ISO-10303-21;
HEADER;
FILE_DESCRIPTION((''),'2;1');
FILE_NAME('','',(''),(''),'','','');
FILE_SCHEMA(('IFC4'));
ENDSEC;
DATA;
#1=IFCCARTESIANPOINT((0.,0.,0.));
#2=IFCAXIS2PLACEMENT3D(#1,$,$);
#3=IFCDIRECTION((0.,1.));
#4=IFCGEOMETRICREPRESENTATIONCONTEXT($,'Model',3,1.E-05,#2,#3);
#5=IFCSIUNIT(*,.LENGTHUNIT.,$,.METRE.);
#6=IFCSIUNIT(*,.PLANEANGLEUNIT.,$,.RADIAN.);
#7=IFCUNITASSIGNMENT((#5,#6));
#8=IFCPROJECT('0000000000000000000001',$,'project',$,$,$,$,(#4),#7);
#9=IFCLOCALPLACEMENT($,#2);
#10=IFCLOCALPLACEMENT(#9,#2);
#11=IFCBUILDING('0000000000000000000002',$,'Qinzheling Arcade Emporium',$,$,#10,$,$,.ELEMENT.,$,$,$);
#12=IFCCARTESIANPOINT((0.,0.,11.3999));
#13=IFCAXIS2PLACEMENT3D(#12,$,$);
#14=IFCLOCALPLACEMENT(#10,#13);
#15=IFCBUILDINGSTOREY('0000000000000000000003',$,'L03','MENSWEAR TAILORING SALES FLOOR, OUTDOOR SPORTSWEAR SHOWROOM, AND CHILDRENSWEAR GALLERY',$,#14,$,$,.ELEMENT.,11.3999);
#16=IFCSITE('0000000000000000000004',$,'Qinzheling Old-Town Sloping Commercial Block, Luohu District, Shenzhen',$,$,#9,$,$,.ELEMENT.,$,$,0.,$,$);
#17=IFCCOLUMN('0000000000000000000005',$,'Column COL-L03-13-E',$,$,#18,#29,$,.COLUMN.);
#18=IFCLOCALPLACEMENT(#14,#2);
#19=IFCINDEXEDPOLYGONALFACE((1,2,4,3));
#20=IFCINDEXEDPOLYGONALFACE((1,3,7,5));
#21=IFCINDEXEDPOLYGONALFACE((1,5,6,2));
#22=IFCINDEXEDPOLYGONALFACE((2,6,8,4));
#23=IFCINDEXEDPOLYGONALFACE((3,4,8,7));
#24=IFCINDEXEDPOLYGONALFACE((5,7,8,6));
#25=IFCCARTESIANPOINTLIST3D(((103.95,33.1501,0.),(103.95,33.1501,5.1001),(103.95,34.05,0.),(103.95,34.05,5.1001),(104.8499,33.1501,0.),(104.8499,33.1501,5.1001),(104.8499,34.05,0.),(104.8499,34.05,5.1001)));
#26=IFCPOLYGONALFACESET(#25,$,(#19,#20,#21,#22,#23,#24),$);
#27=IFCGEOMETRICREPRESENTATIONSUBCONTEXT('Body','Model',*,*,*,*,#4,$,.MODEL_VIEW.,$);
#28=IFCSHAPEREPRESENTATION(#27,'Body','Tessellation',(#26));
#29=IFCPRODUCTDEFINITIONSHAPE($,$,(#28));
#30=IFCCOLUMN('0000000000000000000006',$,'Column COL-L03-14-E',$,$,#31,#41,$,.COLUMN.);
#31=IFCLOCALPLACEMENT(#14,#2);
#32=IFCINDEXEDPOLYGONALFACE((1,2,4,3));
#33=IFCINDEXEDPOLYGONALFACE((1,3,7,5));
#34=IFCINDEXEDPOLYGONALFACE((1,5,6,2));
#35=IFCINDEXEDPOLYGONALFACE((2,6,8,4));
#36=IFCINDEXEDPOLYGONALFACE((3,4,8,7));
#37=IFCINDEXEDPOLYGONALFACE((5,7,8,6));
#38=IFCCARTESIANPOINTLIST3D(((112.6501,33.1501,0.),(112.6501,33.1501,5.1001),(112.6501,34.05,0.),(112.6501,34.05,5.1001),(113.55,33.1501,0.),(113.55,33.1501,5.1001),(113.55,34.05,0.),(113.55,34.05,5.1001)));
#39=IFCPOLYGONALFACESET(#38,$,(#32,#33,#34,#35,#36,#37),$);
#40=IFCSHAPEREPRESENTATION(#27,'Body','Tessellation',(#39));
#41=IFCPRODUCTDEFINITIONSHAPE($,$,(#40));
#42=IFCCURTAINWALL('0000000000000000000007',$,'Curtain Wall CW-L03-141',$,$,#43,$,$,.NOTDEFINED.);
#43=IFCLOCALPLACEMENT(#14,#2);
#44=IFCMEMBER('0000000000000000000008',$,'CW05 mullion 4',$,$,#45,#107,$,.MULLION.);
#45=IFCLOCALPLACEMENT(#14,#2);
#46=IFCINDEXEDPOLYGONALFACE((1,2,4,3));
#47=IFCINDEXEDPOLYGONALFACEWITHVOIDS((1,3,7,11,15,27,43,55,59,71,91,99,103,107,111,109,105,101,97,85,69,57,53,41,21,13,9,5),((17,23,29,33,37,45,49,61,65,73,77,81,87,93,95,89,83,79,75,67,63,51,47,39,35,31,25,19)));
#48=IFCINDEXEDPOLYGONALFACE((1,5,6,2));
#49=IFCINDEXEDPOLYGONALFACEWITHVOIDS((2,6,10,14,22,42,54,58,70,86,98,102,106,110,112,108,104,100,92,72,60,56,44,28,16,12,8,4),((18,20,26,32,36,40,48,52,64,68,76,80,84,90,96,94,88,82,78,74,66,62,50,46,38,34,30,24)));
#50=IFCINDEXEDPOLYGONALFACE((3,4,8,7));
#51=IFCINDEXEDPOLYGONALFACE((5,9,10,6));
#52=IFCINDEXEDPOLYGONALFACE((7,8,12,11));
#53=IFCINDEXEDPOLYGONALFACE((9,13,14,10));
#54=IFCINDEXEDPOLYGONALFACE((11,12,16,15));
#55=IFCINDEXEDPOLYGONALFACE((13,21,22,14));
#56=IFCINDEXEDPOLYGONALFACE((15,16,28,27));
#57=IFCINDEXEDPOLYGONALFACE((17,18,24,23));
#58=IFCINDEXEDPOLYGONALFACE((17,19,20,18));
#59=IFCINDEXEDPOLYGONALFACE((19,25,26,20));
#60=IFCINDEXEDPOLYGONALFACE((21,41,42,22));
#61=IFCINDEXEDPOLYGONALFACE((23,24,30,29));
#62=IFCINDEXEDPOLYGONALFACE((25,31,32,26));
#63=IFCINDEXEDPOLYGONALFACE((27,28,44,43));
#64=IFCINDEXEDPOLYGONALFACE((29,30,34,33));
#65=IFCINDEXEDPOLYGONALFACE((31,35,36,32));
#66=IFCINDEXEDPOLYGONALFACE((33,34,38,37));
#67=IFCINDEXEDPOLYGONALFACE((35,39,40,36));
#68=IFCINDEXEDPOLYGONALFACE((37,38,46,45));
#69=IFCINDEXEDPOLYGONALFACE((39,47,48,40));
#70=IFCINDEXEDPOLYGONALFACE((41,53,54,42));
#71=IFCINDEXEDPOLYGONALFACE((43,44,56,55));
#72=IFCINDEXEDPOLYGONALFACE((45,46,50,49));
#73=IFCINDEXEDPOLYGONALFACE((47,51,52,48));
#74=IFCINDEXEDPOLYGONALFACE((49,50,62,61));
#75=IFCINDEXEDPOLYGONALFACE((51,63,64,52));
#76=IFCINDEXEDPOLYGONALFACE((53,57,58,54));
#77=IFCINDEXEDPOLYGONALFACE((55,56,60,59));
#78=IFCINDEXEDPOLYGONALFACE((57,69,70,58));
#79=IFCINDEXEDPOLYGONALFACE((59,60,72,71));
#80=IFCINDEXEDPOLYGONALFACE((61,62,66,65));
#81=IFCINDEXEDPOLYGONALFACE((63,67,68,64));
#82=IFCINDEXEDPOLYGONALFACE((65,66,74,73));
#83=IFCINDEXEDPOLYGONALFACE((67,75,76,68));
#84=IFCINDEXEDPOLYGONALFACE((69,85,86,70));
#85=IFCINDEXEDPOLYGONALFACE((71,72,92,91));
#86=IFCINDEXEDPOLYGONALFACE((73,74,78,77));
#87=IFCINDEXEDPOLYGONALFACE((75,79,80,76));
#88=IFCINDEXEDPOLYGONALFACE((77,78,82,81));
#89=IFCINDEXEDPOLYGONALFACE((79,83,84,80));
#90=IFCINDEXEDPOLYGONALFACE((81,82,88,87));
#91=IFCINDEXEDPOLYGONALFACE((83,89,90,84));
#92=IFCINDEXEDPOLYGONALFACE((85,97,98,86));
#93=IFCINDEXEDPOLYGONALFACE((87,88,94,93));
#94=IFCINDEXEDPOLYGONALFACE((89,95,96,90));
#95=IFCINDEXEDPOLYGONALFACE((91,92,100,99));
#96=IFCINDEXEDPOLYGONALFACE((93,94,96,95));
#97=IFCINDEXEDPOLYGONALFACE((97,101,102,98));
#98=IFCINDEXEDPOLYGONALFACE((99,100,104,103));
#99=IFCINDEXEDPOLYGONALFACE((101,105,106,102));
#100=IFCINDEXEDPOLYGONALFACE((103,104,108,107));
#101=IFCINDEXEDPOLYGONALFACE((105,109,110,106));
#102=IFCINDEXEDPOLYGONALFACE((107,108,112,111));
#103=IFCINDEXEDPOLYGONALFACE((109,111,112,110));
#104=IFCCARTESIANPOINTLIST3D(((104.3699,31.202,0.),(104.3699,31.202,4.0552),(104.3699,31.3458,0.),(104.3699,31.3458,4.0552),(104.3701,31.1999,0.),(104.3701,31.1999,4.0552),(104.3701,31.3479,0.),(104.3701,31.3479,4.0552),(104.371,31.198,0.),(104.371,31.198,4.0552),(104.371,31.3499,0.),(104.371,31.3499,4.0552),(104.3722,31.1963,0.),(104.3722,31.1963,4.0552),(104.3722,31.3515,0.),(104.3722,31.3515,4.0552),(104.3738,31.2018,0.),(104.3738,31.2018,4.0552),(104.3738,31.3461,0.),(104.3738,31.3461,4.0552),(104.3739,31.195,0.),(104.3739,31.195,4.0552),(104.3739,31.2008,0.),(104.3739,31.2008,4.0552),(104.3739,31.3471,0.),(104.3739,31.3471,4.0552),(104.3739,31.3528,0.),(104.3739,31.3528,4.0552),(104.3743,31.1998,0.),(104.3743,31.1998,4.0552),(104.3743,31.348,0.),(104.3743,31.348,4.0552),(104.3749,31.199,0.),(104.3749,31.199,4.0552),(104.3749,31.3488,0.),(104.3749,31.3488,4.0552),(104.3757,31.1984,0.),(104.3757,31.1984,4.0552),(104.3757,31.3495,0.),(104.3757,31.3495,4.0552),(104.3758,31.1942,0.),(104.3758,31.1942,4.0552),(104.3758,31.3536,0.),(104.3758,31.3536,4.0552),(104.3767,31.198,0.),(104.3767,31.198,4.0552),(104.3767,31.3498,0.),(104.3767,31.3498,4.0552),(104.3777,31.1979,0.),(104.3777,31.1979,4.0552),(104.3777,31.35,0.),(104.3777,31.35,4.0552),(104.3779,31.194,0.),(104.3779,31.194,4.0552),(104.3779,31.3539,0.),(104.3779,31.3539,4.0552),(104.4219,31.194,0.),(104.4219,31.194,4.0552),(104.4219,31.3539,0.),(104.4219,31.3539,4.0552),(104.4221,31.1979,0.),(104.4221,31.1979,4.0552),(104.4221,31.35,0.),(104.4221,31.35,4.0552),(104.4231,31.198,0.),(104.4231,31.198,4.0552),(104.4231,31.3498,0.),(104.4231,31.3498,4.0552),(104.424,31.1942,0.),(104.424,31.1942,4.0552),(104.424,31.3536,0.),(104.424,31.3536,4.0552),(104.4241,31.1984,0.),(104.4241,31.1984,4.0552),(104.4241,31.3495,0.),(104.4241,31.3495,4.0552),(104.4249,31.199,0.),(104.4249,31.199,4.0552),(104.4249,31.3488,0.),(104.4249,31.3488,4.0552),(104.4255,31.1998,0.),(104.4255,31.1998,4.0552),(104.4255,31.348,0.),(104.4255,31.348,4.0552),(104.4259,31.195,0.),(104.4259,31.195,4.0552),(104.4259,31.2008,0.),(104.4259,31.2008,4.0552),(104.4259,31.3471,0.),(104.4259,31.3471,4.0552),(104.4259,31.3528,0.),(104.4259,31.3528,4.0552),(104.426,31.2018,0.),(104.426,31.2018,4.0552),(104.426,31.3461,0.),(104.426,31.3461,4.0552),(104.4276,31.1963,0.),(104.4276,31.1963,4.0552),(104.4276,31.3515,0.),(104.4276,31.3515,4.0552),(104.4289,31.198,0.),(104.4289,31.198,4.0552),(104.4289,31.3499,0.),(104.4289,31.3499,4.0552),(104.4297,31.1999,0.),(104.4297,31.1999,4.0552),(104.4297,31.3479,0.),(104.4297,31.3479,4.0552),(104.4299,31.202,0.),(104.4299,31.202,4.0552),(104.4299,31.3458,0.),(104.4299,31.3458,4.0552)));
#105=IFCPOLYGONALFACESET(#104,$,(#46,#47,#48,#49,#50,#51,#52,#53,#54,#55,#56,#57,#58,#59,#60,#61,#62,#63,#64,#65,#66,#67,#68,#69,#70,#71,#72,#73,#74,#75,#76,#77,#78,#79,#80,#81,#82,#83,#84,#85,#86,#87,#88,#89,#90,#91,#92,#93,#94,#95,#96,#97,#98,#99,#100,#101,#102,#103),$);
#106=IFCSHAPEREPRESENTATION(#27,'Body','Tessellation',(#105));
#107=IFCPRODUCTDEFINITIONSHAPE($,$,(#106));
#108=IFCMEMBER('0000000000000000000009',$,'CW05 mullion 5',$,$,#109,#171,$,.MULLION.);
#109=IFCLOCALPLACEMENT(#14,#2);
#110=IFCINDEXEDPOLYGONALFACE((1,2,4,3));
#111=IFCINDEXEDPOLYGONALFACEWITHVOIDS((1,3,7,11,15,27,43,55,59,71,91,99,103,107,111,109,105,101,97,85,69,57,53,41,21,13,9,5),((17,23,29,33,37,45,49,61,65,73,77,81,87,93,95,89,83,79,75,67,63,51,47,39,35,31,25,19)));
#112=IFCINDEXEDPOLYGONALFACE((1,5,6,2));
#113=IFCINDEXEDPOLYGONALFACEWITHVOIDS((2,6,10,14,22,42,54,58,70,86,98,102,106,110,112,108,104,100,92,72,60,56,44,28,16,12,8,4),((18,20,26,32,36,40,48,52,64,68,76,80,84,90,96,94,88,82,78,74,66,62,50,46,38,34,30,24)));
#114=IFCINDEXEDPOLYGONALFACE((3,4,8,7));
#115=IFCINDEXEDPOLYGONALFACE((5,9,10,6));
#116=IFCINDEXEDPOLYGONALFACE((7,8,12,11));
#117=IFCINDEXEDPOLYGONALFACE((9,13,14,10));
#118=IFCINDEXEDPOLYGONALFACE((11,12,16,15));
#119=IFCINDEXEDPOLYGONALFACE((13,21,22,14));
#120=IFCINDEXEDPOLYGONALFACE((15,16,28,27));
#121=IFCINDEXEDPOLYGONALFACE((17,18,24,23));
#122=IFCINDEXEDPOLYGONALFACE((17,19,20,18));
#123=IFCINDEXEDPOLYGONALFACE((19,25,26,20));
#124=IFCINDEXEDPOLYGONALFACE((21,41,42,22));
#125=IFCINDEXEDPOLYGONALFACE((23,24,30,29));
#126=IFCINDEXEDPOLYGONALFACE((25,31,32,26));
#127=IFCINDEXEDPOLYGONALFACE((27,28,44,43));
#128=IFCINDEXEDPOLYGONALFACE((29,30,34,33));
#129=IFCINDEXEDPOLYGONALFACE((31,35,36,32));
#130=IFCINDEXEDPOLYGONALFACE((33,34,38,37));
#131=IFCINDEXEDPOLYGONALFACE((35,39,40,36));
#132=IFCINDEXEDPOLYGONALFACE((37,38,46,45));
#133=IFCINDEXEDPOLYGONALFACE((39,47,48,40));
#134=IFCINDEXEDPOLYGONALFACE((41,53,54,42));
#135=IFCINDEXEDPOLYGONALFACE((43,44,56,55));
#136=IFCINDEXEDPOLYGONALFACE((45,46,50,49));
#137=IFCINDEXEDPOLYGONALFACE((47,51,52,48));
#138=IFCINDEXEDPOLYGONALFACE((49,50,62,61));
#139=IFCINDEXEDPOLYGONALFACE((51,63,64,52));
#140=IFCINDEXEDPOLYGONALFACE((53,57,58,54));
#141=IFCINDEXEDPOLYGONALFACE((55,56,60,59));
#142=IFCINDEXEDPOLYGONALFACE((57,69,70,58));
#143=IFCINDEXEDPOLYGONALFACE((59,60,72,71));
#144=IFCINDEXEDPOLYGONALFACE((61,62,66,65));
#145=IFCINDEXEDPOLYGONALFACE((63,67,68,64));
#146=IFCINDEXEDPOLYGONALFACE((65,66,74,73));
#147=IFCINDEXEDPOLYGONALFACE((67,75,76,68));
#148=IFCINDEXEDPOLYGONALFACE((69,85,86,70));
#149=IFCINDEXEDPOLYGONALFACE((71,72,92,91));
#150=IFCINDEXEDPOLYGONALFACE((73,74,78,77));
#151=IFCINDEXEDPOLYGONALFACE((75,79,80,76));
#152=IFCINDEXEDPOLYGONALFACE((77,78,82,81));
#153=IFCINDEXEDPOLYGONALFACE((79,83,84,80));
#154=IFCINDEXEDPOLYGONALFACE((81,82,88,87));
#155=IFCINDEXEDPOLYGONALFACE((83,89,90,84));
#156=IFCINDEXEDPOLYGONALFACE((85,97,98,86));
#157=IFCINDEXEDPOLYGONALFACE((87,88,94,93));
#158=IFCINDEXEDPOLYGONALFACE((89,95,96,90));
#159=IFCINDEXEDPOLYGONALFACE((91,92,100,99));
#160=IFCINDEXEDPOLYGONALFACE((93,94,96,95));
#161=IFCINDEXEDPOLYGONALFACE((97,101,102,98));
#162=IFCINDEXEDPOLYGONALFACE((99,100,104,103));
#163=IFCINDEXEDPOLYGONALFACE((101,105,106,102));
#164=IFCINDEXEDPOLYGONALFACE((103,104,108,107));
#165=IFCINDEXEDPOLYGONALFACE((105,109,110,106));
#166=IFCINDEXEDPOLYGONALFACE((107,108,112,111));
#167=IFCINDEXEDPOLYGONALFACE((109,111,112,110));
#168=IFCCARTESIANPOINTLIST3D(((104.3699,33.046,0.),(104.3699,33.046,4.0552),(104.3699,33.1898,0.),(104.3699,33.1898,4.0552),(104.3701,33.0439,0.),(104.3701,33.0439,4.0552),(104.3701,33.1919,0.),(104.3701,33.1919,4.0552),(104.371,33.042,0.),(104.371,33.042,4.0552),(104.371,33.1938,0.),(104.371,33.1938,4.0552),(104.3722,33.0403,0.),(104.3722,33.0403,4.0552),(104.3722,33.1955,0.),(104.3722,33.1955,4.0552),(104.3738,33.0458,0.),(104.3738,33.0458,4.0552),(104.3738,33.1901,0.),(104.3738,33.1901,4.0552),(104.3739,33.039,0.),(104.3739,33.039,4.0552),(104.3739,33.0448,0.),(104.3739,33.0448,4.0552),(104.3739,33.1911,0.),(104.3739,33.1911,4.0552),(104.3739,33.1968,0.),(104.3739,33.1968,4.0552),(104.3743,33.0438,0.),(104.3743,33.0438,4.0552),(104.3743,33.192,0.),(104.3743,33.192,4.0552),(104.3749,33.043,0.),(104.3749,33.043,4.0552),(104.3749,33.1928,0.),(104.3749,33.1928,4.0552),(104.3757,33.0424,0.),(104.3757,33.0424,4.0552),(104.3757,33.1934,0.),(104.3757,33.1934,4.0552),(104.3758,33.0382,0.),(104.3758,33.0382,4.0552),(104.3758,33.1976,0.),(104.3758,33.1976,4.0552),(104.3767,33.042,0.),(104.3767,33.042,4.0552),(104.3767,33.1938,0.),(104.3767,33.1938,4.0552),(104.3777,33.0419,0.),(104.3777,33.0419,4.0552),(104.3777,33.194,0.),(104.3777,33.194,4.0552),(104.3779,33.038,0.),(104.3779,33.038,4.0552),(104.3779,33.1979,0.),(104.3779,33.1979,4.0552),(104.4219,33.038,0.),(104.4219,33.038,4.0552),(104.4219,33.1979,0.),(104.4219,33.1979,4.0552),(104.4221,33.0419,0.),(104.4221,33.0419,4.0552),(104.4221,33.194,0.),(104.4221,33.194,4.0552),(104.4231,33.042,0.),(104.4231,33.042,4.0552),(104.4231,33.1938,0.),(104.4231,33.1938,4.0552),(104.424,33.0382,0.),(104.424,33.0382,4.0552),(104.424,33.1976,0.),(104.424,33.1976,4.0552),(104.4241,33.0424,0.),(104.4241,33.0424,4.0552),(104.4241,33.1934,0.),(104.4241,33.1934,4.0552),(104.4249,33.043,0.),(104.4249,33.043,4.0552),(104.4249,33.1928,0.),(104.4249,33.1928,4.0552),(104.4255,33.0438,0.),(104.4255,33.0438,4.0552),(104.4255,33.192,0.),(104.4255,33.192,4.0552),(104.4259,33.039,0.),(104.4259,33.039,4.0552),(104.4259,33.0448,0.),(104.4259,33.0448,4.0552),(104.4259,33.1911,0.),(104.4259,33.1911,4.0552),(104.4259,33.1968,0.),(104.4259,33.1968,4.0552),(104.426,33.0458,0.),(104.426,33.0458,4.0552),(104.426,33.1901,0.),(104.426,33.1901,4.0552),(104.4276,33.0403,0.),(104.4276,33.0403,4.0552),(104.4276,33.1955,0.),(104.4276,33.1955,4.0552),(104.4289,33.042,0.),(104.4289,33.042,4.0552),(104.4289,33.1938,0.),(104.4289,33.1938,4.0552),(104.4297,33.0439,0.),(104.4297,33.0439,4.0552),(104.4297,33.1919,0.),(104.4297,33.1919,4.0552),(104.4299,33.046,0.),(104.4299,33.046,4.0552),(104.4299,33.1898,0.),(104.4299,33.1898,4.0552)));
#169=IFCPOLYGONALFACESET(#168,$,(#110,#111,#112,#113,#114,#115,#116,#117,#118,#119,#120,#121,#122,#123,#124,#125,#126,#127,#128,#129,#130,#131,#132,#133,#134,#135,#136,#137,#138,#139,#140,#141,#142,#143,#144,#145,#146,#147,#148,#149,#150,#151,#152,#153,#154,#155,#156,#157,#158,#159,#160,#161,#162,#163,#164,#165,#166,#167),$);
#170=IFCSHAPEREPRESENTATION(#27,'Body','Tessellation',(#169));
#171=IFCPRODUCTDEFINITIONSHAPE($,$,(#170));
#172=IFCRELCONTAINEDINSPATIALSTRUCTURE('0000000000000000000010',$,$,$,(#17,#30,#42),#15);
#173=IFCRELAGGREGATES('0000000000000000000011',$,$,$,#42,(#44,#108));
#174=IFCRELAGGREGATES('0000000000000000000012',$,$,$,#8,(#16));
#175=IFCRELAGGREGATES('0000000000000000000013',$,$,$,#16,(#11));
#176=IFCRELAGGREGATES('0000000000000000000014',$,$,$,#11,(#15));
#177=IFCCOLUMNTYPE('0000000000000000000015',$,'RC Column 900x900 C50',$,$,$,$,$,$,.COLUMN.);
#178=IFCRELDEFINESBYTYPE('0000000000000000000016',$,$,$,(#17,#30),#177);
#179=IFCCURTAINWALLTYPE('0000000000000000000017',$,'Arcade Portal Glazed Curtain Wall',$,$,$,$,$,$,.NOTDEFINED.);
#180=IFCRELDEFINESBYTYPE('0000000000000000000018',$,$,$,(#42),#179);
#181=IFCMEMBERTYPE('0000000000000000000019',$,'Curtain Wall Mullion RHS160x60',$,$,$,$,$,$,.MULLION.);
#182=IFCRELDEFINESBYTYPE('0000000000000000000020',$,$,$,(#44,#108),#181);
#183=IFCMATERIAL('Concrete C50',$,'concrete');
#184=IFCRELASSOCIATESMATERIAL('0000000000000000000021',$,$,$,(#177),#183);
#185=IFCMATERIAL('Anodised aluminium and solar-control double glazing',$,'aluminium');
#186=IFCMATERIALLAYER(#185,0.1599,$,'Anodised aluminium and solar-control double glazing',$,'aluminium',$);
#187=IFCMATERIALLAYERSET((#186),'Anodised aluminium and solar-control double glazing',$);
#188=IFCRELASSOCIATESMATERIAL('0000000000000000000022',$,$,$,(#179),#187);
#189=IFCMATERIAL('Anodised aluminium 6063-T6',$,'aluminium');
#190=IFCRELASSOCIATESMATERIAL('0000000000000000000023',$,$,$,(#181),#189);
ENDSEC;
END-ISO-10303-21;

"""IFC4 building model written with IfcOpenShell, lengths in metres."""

from ifc_helpers import new_model, si_unit, direction, frame, origin, origin_2d, place, context, subcontext, project, spatial, rectangle, hollow_rectangle, extrude, material, layer, layer_set, material_profile, profile_set, type_object, element, aggregate, save


model = new_model("IFC4")

# Units and contexts
model_context = context("Model", 3, precision=1e-05, world=origin(), true_north=direction((0.0, 1.0)))
body_context = subcontext(model_context, "Body", "Model", "MODEL_VIEW")
ifc_project = project(units=[si_unit("LENGTHUNIT", "METRE"), si_unit("PLANEANGLEUNIT", "RADIAN")], contexts=[model_context])

# Site, building, storey
site_placement = place(None, origin())
site = spatial("IfcSite", under=ifc_project, at=site_placement, Name="Qinzheling Old-Town Sloping Commercial Block, Luohu District, Shenzhen", CompositionType="ELEMENT", RefElevation=0.0)
building_placement = place(site_placement, origin())
building = spatial("IfcBuilding", under=site, at=building_placement, Name="Qinzheling Arcade Emporium", CompositionType="ELEMENT")
storey_placement = place(building_placement, frame((0.0, 0.0, 11.3999)))
storey = spatial("IfcBuildingStorey", under=building, at=storey_placement, Name="L03", Description="MENSWEAR TAILORING SALES FLOOR, OUTDOOR SPORTSWEAR SHOWROOM, AND CHILDRENSWEAR GALLERY", CompositionType="ELEMENT", Elevation=11.3999)

# Columns
ifc_material_1 = material(Name="Concrete C50", Category="concrete")
ifc_material_profile_1 = material_profile(ifc_material_1, rectangle(XDim=0.8999, YDim=0.8999, at=origin_2d()), Name="RC 900x900", Category="concrete")
ifc_profile_set_1 = profile_set([ifc_material_profile_1], Name="Concrete C50")
column_type = type_object("IfcColumnType", Name="RC Column 900x900 C50", PredefinedType="COLUMN", material=ifc_profile_set_1)
for number, where, z_axis, x_axis, name in (
    (1, (104.3999, 33.6001, 0.0), (0.0, 0.0, 1.0), (1.0, 0.0, 0.0), "Column COL-L03-13-E"),
    (2, (113.1001, 33.6001, 0.0), (0.0, 0.0, 1.0), (1.0, 0.0, 0.0), "Column COL-L03-14-E"),
):
    element("IfcColumn", number, at=place(storey_placement, frame(where, z_axis=z_axis, x_axis=x_axis)), inside=storey, type_object=column_type, Name=name, PredefinedType="COLUMN", context=body_context, shape_type="SweptSolid", body=[
        extrude(rectangle(XDim=0.8999, YDim=0.8999, at=origin_2d()), origin(), (0.0, 0.0, 1.0), 5.1001),
    ])

# Curtain wall, members
ifc_material_2 = material(Name="Anodised aluminium and solar-control double glazing", Category="aluminium")
ifc_layer_1 = layer(ifc_material_2, 0.1599, Name="Anodised aluminium and solar-control double glazing", Category="aluminium")
ifc_layer_set_1 = layer_set([ifc_layer_1], Name="Anodised aluminium and solar-control double glazing")
curtain_wall_type_1 = type_object("IfcCurtainWallType", Name="Arcade Portal Glazed Curtain Wall", PredefinedType="NOTDEFINED", material=ifc_layer_set_1)
curtain_wall_1_placement = place(storey_placement, origin())
curtain_wall_1 = element("IfcCurtainWall", 3, at=curtain_wall_1_placement, inside=storey, type_object=curtain_wall_type_1, Name="Curtain Wall CW-L03-141", PredefinedType="NOTDEFINED")
ifc_material_3 = material(Name="Anodised aluminium 6063-T6", Category="aluminium")
ifc_material_profile_2 = material_profile(ifc_material_3, hollow_rectangle(XDim=0.0601, YDim=0.1599, WallThickness=0.0039, InnerFilletRadius=0.0039, OuterFilletRadius=0.0081, at=origin_2d()), Name="RHS 160x60x4", Category="aluminium")
ifc_profile_set_2 = profile_set([ifc_material_profile_2], Name="Anodised aluminium 6063-T6")
member_type_1 = type_object("IfcMemberType", Name="Curtain Wall Mullion RHS160x60", PredefinedType="MULLION", material=ifc_profile_set_2)
member_1_placement = place(storey_placement, frame((104.3999, 31.2739, 0.0), z_axis=(0.0, 0.0, 1.0), x_axis=(-1.0, 0.0, 0.0)))
member_1 = element("IfcMember", 4, at=member_1_placement, type_object=member_type_1, Name="CW05 mullion 4", PredefinedType="MULLION", context=body_context, shape_type="SweptSolid", body=[
    extrude(hollow_rectangle(XDim=0.0601, YDim=0.1599, WallThickness=0.0039, InnerFilletRadius=0.0039, OuterFilletRadius=0.0081, at=origin_2d()), origin(), (0.0, 0.0, 1.0), 4.0552),
])
member_2_placement = place(storey_placement, frame((104.3999, 33.1179, 0.0), z_axis=(0.0, 0.0, 1.0), x_axis=(-1.0, 0.0, 0.0)))
member_2 = element("IfcMember", 5, at=member_2_placement, type_object=member_type_1, Name="CW05 mullion 5", PredefinedType="MULLION", context=body_context, shape_type="SweptSolid", body=[
    extrude(hollow_rectangle(XDim=0.0601, YDim=0.1599, WallThickness=0.0039, InnerFilletRadius=0.0039, OuterFilletRadius=0.0081, at=origin_2d()), origin(), (0.0, 0.0, 1.0), 4.0552),
])

aggregate(curtain_wall_1, [member_1, member_2])

save(model, "model.ifc")
